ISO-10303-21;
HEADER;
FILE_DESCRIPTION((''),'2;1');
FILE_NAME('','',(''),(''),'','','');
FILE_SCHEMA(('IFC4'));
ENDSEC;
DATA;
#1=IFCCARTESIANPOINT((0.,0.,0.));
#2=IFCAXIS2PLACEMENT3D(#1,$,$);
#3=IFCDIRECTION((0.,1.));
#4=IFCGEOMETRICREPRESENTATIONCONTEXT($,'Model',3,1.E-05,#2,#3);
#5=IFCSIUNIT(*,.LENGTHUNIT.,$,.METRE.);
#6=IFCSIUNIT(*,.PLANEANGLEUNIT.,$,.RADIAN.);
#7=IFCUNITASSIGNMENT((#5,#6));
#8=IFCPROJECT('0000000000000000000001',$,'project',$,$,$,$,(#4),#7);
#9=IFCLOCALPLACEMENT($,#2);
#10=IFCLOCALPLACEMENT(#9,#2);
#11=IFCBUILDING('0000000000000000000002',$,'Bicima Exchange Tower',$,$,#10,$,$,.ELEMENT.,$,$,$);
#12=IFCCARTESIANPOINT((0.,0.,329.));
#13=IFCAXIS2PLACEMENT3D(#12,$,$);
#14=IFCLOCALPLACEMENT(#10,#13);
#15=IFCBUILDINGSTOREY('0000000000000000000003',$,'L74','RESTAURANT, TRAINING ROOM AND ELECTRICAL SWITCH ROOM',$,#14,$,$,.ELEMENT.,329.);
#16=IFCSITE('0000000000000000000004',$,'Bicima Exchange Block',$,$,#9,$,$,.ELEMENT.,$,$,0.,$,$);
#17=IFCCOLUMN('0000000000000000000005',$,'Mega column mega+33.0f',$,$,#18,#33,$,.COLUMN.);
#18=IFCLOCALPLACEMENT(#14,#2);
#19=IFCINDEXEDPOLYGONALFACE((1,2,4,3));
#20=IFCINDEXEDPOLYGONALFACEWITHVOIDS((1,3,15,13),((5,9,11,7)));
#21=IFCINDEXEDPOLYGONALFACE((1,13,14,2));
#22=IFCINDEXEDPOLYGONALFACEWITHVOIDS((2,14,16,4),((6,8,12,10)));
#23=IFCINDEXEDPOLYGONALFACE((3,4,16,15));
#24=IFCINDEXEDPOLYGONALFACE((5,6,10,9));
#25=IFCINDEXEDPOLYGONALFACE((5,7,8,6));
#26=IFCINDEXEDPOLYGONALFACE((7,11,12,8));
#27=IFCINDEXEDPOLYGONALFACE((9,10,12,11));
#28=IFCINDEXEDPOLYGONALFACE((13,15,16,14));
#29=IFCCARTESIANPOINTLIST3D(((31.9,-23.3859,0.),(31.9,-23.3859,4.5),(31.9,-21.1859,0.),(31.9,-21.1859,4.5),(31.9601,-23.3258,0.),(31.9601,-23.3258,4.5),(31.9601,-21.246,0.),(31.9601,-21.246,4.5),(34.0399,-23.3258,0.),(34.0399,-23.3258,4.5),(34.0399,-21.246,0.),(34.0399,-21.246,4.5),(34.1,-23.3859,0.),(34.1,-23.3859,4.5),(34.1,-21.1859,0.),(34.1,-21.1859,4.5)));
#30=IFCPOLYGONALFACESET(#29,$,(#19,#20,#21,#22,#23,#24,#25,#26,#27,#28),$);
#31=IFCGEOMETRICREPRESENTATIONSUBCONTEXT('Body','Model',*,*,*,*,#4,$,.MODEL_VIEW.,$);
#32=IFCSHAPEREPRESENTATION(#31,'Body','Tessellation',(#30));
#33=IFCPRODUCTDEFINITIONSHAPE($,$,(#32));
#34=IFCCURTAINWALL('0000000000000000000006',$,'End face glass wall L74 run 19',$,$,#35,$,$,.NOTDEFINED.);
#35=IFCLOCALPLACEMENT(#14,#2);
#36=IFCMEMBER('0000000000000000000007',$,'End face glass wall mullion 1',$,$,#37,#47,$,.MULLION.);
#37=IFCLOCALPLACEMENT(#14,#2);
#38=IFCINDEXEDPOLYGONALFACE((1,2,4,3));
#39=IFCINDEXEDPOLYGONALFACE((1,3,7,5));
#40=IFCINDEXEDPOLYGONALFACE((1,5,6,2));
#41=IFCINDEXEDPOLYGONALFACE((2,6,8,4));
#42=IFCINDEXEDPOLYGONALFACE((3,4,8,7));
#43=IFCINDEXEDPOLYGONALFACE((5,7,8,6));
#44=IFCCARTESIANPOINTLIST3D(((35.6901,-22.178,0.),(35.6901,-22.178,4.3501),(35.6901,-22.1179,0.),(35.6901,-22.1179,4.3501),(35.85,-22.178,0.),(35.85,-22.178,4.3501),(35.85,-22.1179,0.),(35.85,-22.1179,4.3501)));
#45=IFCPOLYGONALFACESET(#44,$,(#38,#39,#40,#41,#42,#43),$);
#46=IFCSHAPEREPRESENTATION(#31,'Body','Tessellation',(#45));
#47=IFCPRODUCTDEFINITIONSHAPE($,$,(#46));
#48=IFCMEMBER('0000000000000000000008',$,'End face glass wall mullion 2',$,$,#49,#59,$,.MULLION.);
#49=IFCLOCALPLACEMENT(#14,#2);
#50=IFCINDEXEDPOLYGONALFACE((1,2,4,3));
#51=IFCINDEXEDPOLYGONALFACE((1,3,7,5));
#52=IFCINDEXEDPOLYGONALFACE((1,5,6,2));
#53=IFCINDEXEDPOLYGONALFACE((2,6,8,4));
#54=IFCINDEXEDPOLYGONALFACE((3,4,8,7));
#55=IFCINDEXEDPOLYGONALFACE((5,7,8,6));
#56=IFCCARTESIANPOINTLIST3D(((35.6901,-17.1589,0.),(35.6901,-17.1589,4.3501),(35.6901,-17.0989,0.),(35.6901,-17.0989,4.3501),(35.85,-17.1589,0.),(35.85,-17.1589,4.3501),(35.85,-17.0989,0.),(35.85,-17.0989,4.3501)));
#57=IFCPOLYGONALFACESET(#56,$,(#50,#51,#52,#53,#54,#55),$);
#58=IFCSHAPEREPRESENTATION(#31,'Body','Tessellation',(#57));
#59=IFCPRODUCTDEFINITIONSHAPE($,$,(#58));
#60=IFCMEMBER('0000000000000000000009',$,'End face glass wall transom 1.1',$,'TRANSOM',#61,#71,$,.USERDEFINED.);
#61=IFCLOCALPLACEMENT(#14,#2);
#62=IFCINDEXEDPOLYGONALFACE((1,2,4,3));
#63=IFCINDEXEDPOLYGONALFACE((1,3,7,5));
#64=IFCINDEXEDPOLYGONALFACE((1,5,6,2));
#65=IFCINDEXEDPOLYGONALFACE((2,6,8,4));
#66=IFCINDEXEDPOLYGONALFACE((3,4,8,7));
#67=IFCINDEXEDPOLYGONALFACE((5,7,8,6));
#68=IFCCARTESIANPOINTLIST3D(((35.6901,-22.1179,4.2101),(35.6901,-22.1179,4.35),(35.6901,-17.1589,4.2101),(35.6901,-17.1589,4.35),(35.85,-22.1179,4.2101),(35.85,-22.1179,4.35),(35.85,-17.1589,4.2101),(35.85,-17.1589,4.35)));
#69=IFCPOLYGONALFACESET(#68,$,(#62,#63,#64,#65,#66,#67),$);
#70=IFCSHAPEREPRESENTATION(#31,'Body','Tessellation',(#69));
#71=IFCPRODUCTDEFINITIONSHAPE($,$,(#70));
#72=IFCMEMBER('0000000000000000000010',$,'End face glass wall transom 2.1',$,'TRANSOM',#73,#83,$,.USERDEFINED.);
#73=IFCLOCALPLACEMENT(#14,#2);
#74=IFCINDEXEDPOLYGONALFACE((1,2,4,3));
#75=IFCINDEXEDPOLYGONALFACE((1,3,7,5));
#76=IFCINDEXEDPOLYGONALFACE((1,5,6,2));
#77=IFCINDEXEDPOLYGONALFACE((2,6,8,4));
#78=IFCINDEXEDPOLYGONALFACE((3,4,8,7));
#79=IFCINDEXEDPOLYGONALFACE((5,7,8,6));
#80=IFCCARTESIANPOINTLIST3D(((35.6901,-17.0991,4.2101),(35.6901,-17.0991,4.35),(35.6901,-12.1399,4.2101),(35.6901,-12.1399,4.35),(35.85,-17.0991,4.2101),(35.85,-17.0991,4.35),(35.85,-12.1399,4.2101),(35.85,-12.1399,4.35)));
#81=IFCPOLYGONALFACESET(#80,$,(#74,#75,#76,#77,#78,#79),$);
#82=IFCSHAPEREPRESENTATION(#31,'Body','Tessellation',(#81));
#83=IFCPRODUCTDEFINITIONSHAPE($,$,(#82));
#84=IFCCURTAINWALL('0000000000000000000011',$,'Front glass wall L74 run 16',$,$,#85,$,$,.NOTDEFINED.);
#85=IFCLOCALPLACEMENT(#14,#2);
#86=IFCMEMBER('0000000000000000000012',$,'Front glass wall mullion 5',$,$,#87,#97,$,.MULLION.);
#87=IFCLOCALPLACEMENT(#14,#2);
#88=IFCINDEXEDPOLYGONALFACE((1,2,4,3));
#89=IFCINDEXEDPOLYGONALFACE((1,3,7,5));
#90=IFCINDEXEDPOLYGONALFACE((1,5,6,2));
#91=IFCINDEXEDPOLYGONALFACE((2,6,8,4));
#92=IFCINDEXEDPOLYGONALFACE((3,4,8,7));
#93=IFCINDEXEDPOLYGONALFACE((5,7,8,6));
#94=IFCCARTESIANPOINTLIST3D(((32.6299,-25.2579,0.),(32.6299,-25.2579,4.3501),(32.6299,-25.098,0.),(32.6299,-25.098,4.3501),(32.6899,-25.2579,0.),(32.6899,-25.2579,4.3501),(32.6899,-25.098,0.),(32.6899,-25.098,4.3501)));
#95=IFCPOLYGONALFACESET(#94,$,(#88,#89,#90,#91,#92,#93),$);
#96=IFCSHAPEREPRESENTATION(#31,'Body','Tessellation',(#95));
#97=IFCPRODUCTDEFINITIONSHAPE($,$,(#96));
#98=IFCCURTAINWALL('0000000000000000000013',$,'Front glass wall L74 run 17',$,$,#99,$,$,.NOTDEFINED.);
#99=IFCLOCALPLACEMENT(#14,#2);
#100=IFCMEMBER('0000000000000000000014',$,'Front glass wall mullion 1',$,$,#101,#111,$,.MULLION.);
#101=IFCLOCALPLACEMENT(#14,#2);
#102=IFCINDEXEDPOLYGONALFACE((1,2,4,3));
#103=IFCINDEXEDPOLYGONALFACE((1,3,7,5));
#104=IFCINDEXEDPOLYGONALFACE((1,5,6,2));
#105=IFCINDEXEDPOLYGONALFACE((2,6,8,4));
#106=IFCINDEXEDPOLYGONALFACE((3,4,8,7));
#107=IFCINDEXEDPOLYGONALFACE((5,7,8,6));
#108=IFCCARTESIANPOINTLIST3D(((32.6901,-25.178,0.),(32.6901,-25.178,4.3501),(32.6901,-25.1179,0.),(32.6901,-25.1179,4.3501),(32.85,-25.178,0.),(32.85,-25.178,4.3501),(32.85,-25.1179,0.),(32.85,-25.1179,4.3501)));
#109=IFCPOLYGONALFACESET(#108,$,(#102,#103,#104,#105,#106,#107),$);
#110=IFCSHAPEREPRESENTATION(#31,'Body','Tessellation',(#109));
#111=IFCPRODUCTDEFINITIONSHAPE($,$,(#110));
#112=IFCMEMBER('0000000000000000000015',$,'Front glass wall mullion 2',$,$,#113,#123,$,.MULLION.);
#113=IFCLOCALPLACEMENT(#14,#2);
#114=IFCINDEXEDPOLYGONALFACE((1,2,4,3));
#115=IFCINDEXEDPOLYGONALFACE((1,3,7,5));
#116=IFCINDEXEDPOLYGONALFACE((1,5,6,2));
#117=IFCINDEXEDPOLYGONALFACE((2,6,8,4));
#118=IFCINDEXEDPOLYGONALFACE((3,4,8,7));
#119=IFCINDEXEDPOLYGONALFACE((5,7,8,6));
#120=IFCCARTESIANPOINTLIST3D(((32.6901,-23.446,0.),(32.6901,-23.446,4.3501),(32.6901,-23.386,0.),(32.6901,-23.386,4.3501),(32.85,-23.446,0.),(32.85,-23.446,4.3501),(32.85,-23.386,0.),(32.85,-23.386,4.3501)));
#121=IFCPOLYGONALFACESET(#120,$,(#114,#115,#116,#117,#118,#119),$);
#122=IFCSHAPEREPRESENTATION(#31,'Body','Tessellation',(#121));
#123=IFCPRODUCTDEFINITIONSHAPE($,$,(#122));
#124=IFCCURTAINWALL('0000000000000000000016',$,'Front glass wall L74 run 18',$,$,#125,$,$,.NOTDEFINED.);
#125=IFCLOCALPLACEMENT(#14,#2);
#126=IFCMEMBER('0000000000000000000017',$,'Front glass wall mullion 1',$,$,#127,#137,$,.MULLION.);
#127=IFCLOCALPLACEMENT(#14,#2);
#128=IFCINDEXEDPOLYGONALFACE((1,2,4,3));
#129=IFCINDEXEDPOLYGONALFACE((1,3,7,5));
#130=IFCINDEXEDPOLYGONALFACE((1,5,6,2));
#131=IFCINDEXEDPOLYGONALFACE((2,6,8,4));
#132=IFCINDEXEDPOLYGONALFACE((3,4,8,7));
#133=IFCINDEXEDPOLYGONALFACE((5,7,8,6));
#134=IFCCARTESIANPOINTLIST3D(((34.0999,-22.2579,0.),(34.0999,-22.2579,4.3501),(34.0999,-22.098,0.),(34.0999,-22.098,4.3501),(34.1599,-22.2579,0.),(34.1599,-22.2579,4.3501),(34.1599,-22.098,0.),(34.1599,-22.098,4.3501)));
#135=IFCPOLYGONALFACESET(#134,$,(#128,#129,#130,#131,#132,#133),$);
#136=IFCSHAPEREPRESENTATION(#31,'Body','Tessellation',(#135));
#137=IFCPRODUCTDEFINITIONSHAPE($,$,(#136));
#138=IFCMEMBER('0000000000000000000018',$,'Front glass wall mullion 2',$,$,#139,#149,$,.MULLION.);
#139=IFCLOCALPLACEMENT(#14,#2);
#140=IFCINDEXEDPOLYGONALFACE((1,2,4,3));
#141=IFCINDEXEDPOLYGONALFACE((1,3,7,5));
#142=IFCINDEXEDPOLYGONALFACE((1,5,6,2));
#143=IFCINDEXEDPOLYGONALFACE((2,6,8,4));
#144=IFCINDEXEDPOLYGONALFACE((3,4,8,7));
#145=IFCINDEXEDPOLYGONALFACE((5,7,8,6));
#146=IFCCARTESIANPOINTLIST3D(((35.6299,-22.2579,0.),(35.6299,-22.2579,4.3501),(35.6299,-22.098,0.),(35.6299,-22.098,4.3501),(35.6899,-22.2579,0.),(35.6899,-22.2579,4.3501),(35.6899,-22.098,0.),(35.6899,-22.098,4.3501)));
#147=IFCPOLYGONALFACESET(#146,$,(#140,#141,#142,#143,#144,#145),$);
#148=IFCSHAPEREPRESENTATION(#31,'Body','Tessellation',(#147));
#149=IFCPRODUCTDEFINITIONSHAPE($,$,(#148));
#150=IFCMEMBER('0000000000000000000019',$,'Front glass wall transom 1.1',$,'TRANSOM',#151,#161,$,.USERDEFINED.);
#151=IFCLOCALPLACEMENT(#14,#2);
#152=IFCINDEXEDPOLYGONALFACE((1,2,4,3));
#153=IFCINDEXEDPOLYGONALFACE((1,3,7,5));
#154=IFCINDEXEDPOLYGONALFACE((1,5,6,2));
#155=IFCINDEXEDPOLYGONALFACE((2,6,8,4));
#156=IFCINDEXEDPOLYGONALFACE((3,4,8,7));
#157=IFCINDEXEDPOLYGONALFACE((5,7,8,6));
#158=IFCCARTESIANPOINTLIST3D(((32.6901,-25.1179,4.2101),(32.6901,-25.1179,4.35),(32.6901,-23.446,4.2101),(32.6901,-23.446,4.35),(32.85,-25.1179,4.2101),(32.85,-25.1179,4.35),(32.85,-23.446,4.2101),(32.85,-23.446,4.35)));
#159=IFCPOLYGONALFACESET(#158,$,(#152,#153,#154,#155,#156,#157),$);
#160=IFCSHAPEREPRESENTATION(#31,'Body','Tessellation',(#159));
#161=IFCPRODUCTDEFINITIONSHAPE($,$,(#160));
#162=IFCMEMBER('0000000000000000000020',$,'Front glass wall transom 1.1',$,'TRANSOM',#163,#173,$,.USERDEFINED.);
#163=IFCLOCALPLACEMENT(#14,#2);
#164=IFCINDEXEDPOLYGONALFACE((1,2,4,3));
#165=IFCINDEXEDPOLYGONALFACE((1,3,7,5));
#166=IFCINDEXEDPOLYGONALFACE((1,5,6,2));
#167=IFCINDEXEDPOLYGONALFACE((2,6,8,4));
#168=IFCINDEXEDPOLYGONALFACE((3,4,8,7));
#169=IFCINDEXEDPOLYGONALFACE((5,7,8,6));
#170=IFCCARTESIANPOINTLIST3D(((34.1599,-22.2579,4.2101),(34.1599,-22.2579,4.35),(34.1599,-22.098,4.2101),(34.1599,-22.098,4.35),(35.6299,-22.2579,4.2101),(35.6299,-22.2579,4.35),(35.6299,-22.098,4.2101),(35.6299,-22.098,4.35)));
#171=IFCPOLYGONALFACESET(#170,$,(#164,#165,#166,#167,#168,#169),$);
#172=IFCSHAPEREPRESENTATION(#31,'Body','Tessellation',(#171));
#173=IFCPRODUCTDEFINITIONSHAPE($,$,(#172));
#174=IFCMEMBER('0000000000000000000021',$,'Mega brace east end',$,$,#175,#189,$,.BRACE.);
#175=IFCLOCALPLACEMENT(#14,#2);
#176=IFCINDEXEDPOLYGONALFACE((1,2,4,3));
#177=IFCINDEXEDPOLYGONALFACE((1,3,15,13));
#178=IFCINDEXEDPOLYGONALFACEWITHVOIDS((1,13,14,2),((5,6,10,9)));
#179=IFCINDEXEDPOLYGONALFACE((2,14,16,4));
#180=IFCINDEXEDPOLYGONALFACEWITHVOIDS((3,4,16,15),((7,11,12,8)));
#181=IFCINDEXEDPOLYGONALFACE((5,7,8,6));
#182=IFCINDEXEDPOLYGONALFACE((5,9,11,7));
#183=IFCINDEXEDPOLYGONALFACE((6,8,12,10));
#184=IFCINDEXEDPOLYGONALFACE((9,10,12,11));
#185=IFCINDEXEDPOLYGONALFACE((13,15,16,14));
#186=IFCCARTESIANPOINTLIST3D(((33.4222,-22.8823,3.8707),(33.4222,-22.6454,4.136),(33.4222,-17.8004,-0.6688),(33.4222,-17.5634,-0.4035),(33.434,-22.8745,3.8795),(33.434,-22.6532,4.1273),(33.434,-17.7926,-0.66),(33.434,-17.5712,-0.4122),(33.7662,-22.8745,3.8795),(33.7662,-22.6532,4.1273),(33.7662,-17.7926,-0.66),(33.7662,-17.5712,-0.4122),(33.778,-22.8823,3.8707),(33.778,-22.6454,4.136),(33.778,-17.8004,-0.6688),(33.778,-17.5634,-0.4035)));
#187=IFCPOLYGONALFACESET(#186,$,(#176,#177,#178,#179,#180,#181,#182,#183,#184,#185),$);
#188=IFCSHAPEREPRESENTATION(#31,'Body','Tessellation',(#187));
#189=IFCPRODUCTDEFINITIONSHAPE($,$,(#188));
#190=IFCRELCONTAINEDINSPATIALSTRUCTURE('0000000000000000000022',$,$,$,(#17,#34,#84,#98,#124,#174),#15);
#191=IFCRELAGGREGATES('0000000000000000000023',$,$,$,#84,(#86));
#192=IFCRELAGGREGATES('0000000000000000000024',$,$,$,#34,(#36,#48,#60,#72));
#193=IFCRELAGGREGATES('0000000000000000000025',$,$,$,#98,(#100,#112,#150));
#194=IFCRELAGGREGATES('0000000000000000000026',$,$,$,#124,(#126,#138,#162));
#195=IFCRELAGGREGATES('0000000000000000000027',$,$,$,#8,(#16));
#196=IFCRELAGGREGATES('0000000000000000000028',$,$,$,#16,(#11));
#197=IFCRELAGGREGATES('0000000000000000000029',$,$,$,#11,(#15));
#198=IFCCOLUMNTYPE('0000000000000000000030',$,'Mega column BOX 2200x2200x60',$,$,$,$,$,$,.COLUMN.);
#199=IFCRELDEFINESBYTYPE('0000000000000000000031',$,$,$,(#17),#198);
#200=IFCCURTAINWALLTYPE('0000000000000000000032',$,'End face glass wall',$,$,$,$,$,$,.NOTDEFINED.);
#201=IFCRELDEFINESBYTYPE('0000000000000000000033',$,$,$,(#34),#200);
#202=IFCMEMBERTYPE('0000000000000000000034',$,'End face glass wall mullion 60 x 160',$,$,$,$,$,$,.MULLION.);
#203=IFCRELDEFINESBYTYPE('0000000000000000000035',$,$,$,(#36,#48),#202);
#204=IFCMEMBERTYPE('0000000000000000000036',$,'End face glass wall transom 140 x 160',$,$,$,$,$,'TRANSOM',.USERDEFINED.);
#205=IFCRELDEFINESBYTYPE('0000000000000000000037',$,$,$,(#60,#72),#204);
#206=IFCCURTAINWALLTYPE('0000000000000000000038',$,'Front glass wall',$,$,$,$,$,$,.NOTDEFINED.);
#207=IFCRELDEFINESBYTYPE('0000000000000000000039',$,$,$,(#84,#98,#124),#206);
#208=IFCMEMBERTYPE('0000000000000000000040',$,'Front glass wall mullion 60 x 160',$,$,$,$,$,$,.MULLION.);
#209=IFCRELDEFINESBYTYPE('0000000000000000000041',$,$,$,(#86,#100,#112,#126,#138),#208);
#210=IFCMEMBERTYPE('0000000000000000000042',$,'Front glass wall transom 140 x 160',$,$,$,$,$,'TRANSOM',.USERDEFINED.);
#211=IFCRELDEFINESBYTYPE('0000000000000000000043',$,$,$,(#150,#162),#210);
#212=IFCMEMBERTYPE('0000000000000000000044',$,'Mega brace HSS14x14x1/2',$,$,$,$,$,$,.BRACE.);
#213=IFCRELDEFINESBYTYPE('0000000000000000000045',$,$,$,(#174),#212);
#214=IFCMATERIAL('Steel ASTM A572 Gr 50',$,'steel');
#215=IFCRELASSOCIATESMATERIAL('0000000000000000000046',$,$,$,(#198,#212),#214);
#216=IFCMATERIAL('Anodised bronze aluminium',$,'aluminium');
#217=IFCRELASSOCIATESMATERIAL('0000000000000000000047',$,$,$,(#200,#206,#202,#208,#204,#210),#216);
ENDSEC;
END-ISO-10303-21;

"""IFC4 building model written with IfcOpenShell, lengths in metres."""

from ifc_helpers import new_model, si_unit, direction, frame, origin, origin_2d, place, context, subcontext, project, spatial, rectangle, hollow_rectangle, extrude, material, material_profile, profile_set, type_object, element, aggregate, save


model = new_model("IFC4")

# Units and contexts
model_context = context("Model", 3, precision=1e-05, world=origin(), true_north=direction((0.0, 1.0)))
body_context = subcontext(model_context, "Body", "Model", "MODEL_VIEW")
ifc_project = project(units=[si_unit("LENGTHUNIT", "METRE"), si_unit("PLANEANGLEUNIT", "RADIAN")], contexts=[model_context])

# Site, building, storey
site_placement = place(None, origin())
site = spatial("IfcSite", under=ifc_project, at=site_placement, Name="Bicima Exchange Block", CompositionType="ELEMENT", RefElevation=0.0)
building_placement = place(site_placement, origin())
building = spatial("IfcBuilding", under=site, at=building_placement, Name="Bicima Exchange Tower", CompositionType="ELEMENT")
storey_placement = place(building_placement, frame((0.0, 0.0, 329.0)))
storey = spatial("IfcBuildingStorey", under=building, at=storey_placement, Name="L74", Description="RESTAURANT, TRAINING ROOM AND ELECTRICAL SWITCH ROOM", CompositionType="ELEMENT", Elevation=329.0)

# Column
ifc_material_1 = material(Name="Steel ASTM A572 Gr 50", Category="steel")
ifc_material_profile_1 = material_profile(ifc_material_1, hollow_rectangle(XDim=2.2, YDim=2.2, WallThickness=0.0601, at=origin_2d()))
ifc_profile_set_1 = profile_set([ifc_material_profile_1], Name="Steel ASTM A572 Gr 50")
column_type = type_object("IfcColumnType", Name="Mega column BOX 2200x2200x60", PredefinedType="COLUMN", material=ifc_profile_set_1)
column_placement = place(storey_placement, frame((33.0, -22.2859, 0.0), z_axis=(0.0, 0.0, 1.0), x_axis=(1.0, 0.0, 0.0)))
element("IfcColumn", 1, at=column_placement, inside=storey, type_object=column_type, Name="Mega column mega+33.0f", PredefinedType="COLUMN", context=body_context, shape_type="SweptSolid", body=[
    extrude(hollow_rectangle(XDim=2.2, YDim=2.2, WallThickness=0.0601, at=origin_2d()), origin(), (0.0, 0.0, 1.0), 4.5),
])

# Curtain wall, members
ifc_material_2 = material(Name="Anodised bronze aluminium", Category="aluminium")
curtain_wall_type_1 = type_object("IfcCurtainWallType", Name="End face glass wall", PredefinedType="NOTDEFINED", material=ifc_material_2)
curtain_wall_1_placement = place(storey_placement, origin())
curtain_wall_1 = element("IfcCurtainWall", 2, at=curtain_wall_1_placement, inside=storey, type_object=curtain_wall_type_1, Name="End face glass wall L74 run 19", PredefinedType="NOTDEFINED")
ifc_material_profile_2 = material_profile(ifc_material_2, rectangle(XDim=0.1599, YDim=0.0601, at=origin_2d()))
ifc_profile_set_2 = profile_set([ifc_material_profile_2], Name="Anodised bronze aluminium")
member_type_1 = type_object("IfcMemberType", Name="End face glass wall mullion 60 x 160", PredefinedType="MULLION", material=ifc_profile_set_2)
member_1_placement = place(storey_placement, frame((35.77, -22.1479, 0.0), z_axis=(0.0, 0.0, 1.0), x_axis=(-1.0, 0.0, 0.0)))
member_1 = element("IfcMember", 3, at=member_1_placement, type_object=member_type_1, Name="End face glass wall mullion 1", PredefinedType="MULLION", context=body_context, shape_type="SweptSolid", body=[
    extrude(rectangle(XDim=0.1599, YDim=0.0601, at=origin_2d()), origin(), (0.0, 0.0, 1.0), 4.3501),
])
member_2_placement = place(storey_placement, frame((35.77, -17.1289, 0.0), z_axis=(0.0, 0.0, 1.0), x_axis=(-1.0, 0.0, 0.0)))
member_2 = element("IfcMember", 4, at=member_2_placement, type_object=member_type_1, Name="End face glass wall mullion 2", PredefinedType="MULLION", context=body_context, shape_type="SweptSolid", body=[
    extrude(rectangle(XDim=0.1599, YDim=0.0601, at=origin_2d()), origin(), (0.0, 0.0, 1.0), 4.3501),
])
ifc_material_profile_3 = material_profile(ifc_material_2, rectangle(XDim=0.1599, YDim=0.1399, at=origin_2d()))
ifc_profile_set_3 = profile_set([ifc_material_profile_3], Name="Anodised bronze aluminium")
member_type_2 = type_object("IfcMemberType", Name="End face glass wall transom 140 x 160", ElementType="TRANSOM", PredefinedType="USERDEFINED", material=ifc_profile_set_3)
member_3_placement = place(storey_placement, frame((35.77, -22.1179, 4.28), z_axis=(0.0, 1.0, 0.0), x_axis=(-1.0, 0.0, 0.0)))
member_3 = element("IfcMember", 5, at=member_3_placement, type_object=member_type_2, Name="End face glass wall transom 1.1", ObjectType="TRANSOM", PredefinedType="USERDEFINED", context=body_context, shape_type="SweptSolid", body=[
    extrude(rectangle(XDim=0.1599, YDim=0.1399, at=origin_2d()), origin(), (0.0, 0.0, 1.0), 4.959),
])
member_4_placement = place(storey_placement, frame((35.77, -17.0991, 4.28), z_axis=(0.0, 1.0, 0.0), x_axis=(-1.0, 0.0, 0.0)))
member_4 = element("IfcMember", 6, at=member_4_placement, type_object=member_type_2, Name="End face glass wall transom 2.1", ObjectType="TRANSOM", PredefinedType="USERDEFINED", context=body_context, shape_type="SweptSolid", body=[
    extrude(rectangle(XDim=0.1599, YDim=0.1399, at=origin_2d()), origin(), (0.0, 0.0, 1.0), 4.9592),
])

# Curtain wall, member
curtain_wall_type_2 = type_object("IfcCurtainWallType", Name="Front glass wall", PredefinedType="NOTDEFINED", material=ifc_material_2)
curtain_wall_2_placement = place(storey_placement, origin())
curtain_wall_2 = element("IfcCurtainWall", 7, at=curtain_wall_2_placement, inside=storey, type_object=curtain_wall_type_2, Name="Front glass wall L74 run 16", PredefinedType="NOTDEFINED")
member_type_3 = type_object("IfcMemberType", Name="Front glass wall mullion 60 x 160", PredefinedType="MULLION", material=ifc_profile_set_2)
member_5_placement = place(storey_placement, frame((32.6599, -25.178, 0.0), z_axis=(0.0, 0.0, 1.0), x_axis=(0.0, 1.0, 0.0)))
member_5 = element("IfcMember", 8, at=member_5_placement, type_object=member_type_3, Name="Front glass wall mullion 5", PredefinedType="MULLION", context=body_context, shape_type="SweptSolid", body=[
    extrude(rectangle(XDim=0.1599, YDim=0.0601, at=origin_2d()), origin(), (0.0, 0.0, 1.0), 4.3501),
])
aggregate(curtain_wall_2, [member_5])

# Curtain walls, members
curtain_wall_3_placement = place(storey_placement, origin())
curtain_wall_3 = element("IfcCurtainWall", 9, at=curtain_wall_3_placement, inside=storey, type_object=curtain_wall_type_2, Name="Front glass wall L74 run 17", PredefinedType="NOTDEFINED")
member_6_placement = place(storey_placement, frame((32.77, -25.1479, 0.0), z_axis=(0.0, 0.0, 1.0), x_axis=(-1.0, 0.0, 0.0)))
member_6 = element("IfcMember", 10, at=member_6_placement, type_object=member_type_3, Name="Front glass wall mullion 1", PredefinedType="MULLION", context=body_context, shape_type="SweptSolid", body=[
    extrude(rectangle(XDim=0.1599, YDim=0.0601, at=origin_2d()), origin(), (0.0, 0.0, 1.0), 4.3501),
])
member_7_placement = place(storey_placement, frame((32.77, -23.416, 0.0), z_axis=(0.0, 0.0, 1.0), x_axis=(-1.0, 0.0, 0.0)))
member_7 = element("IfcMember", 11, at=member_7_placement, type_object=member_type_3, Name="Front glass wall mullion 2", PredefinedType="MULLION", context=body_context, shape_type="SweptSolid", body=[
    extrude(rectangle(XDim=0.1599, YDim=0.0601, at=origin_2d()), origin(), (0.0, 0.0, 1.0), 4.3501),
])
curtain_wall_4_placement = place(storey_placement, origin())
curtain_wall_4 = element("IfcCurtainWall", 12, at=curtain_wall_4_placement, inside=storey, type_object=curtain_wall_type_2, Name="Front glass wall L74 run 18", PredefinedType="NOTDEFINED")
member_8_placement = place(storey_placement, frame((34.1299, -22.178, 0.0), z_axis=(0.0, 0.0, 1.0), x_axis=(0.0, 1.0, 0.0)))
member_8 = element("IfcMember", 13, at=member_8_placement, type_object=member_type_3, Name="Front glass wall mullion 1", PredefinedType="MULLION", context=body_context, shape_type="SweptSolid", body=[
    extrude(rectangle(XDim=0.1599, YDim=0.0601, at=origin_2d()), origin(), (0.0, 0.0, 1.0), 4.3501),
])
member_9_placement = place(storey_placement, frame((35.6599, -22.178, 0.0), z_axis=(0.0, 0.0, 1.0), x_axis=(0.0, 1.0, 0.0)))
member_9 = element("IfcMember", 14, at=member_9_placement, type_object=member_type_3, Name="Front glass wall mullion 2", PredefinedType="MULLION", context=body_context, shape_type="SweptSolid", body=[
    extrude(rectangle(XDim=0.1599, YDim=0.0601, at=origin_2d()), origin(), (0.0, 0.0, 1.0), 4.3501),
])

# Members
member_type_4 = type_object("IfcMemberType", Name="Front glass wall transom 140 x 160", ElementType="TRANSOM", PredefinedType="USERDEFINED", material=ifc_profile_set_3)
member_10_placement = place(storey_placement, frame((32.77, -25.1179, 4.28), z_axis=(0.0, 1.0, 0.0), x_axis=(-1.0, 0.0, 0.0)))
member_10 = element("IfcMember", 15, at=member_10_placement, type_object=member_type_4, Name="Front glass wall transom 1.1", ObjectType="TRANSOM", PredefinedType="USERDEFINED", context=body_context, shape_type="SweptSolid", body=[
    extrude(rectangle(XDim=0.1599, YDim=0.1399, at=origin_2d()), origin(), (0.0, 0.0, 1.0), 1.6719),
])
member_11_placement = place(storey_placement, frame((34.1599, -22.178, 4.28), z_axis=(1.0, 0.0, 0.0), x_axis=(0.0, 1.0, 0.0)))
member_11 = element("IfcMember", 16, at=member_11_placement, type_object=member_type_4, Name="Front glass wall transom 1.1", ObjectType="TRANSOM", PredefinedType="USERDEFINED", context=body_context, shape_type="SweptSolid", body=[
    extrude(rectangle(XDim=0.1599, YDim=0.1399, at=origin_2d()), origin(), (0.0, 0.0, 1.0), 1.47),
])

# Member
ifc_material_profile_4 = material_profile(ifc_material_1, hollow_rectangle(XDim=0.3557, YDim=0.3557, WallThickness=0.0117, at=origin_2d()))
ifc_profile_set_4 = profile_set([ifc_material_profile_4], Name="Steel ASTM A572 Gr 50")
member_type_5 = type_object("IfcMemberType", Name="Mega brace HSS14x14x1/2", PredefinedType="BRACE", material=ifc_profile_set_4)
member_12_placement = place(storey_placement, frame((33.6001, -17.6819, -0.5361), z_axis=(0.0, -0.74579, 0.666181), x_axis=(1.0, 0.0, 0.0)))
element("IfcMember", 17, at=member_12_placement, inside=storey, type_object=member_type_5, Name="Mega brace east end", PredefinedType="BRACE", context=body_context, shape_type="SweptSolid", body=[
    extrude(hollow_rectangle(XDim=0.3557, YDim=0.3557, WallThickness=0.0117, at=origin_2d()), origin(), (0.0, 0.0, 1.0), 6.8142),
])

aggregate(curtain_wall_1, [member_1, member_2, member_3, member_4])
aggregate(curtain_wall_3, [member_6, member_7, member_10])
aggregate(curtain_wall_4, [member_8, member_9, member_11])

save(model, "model.ifc")
